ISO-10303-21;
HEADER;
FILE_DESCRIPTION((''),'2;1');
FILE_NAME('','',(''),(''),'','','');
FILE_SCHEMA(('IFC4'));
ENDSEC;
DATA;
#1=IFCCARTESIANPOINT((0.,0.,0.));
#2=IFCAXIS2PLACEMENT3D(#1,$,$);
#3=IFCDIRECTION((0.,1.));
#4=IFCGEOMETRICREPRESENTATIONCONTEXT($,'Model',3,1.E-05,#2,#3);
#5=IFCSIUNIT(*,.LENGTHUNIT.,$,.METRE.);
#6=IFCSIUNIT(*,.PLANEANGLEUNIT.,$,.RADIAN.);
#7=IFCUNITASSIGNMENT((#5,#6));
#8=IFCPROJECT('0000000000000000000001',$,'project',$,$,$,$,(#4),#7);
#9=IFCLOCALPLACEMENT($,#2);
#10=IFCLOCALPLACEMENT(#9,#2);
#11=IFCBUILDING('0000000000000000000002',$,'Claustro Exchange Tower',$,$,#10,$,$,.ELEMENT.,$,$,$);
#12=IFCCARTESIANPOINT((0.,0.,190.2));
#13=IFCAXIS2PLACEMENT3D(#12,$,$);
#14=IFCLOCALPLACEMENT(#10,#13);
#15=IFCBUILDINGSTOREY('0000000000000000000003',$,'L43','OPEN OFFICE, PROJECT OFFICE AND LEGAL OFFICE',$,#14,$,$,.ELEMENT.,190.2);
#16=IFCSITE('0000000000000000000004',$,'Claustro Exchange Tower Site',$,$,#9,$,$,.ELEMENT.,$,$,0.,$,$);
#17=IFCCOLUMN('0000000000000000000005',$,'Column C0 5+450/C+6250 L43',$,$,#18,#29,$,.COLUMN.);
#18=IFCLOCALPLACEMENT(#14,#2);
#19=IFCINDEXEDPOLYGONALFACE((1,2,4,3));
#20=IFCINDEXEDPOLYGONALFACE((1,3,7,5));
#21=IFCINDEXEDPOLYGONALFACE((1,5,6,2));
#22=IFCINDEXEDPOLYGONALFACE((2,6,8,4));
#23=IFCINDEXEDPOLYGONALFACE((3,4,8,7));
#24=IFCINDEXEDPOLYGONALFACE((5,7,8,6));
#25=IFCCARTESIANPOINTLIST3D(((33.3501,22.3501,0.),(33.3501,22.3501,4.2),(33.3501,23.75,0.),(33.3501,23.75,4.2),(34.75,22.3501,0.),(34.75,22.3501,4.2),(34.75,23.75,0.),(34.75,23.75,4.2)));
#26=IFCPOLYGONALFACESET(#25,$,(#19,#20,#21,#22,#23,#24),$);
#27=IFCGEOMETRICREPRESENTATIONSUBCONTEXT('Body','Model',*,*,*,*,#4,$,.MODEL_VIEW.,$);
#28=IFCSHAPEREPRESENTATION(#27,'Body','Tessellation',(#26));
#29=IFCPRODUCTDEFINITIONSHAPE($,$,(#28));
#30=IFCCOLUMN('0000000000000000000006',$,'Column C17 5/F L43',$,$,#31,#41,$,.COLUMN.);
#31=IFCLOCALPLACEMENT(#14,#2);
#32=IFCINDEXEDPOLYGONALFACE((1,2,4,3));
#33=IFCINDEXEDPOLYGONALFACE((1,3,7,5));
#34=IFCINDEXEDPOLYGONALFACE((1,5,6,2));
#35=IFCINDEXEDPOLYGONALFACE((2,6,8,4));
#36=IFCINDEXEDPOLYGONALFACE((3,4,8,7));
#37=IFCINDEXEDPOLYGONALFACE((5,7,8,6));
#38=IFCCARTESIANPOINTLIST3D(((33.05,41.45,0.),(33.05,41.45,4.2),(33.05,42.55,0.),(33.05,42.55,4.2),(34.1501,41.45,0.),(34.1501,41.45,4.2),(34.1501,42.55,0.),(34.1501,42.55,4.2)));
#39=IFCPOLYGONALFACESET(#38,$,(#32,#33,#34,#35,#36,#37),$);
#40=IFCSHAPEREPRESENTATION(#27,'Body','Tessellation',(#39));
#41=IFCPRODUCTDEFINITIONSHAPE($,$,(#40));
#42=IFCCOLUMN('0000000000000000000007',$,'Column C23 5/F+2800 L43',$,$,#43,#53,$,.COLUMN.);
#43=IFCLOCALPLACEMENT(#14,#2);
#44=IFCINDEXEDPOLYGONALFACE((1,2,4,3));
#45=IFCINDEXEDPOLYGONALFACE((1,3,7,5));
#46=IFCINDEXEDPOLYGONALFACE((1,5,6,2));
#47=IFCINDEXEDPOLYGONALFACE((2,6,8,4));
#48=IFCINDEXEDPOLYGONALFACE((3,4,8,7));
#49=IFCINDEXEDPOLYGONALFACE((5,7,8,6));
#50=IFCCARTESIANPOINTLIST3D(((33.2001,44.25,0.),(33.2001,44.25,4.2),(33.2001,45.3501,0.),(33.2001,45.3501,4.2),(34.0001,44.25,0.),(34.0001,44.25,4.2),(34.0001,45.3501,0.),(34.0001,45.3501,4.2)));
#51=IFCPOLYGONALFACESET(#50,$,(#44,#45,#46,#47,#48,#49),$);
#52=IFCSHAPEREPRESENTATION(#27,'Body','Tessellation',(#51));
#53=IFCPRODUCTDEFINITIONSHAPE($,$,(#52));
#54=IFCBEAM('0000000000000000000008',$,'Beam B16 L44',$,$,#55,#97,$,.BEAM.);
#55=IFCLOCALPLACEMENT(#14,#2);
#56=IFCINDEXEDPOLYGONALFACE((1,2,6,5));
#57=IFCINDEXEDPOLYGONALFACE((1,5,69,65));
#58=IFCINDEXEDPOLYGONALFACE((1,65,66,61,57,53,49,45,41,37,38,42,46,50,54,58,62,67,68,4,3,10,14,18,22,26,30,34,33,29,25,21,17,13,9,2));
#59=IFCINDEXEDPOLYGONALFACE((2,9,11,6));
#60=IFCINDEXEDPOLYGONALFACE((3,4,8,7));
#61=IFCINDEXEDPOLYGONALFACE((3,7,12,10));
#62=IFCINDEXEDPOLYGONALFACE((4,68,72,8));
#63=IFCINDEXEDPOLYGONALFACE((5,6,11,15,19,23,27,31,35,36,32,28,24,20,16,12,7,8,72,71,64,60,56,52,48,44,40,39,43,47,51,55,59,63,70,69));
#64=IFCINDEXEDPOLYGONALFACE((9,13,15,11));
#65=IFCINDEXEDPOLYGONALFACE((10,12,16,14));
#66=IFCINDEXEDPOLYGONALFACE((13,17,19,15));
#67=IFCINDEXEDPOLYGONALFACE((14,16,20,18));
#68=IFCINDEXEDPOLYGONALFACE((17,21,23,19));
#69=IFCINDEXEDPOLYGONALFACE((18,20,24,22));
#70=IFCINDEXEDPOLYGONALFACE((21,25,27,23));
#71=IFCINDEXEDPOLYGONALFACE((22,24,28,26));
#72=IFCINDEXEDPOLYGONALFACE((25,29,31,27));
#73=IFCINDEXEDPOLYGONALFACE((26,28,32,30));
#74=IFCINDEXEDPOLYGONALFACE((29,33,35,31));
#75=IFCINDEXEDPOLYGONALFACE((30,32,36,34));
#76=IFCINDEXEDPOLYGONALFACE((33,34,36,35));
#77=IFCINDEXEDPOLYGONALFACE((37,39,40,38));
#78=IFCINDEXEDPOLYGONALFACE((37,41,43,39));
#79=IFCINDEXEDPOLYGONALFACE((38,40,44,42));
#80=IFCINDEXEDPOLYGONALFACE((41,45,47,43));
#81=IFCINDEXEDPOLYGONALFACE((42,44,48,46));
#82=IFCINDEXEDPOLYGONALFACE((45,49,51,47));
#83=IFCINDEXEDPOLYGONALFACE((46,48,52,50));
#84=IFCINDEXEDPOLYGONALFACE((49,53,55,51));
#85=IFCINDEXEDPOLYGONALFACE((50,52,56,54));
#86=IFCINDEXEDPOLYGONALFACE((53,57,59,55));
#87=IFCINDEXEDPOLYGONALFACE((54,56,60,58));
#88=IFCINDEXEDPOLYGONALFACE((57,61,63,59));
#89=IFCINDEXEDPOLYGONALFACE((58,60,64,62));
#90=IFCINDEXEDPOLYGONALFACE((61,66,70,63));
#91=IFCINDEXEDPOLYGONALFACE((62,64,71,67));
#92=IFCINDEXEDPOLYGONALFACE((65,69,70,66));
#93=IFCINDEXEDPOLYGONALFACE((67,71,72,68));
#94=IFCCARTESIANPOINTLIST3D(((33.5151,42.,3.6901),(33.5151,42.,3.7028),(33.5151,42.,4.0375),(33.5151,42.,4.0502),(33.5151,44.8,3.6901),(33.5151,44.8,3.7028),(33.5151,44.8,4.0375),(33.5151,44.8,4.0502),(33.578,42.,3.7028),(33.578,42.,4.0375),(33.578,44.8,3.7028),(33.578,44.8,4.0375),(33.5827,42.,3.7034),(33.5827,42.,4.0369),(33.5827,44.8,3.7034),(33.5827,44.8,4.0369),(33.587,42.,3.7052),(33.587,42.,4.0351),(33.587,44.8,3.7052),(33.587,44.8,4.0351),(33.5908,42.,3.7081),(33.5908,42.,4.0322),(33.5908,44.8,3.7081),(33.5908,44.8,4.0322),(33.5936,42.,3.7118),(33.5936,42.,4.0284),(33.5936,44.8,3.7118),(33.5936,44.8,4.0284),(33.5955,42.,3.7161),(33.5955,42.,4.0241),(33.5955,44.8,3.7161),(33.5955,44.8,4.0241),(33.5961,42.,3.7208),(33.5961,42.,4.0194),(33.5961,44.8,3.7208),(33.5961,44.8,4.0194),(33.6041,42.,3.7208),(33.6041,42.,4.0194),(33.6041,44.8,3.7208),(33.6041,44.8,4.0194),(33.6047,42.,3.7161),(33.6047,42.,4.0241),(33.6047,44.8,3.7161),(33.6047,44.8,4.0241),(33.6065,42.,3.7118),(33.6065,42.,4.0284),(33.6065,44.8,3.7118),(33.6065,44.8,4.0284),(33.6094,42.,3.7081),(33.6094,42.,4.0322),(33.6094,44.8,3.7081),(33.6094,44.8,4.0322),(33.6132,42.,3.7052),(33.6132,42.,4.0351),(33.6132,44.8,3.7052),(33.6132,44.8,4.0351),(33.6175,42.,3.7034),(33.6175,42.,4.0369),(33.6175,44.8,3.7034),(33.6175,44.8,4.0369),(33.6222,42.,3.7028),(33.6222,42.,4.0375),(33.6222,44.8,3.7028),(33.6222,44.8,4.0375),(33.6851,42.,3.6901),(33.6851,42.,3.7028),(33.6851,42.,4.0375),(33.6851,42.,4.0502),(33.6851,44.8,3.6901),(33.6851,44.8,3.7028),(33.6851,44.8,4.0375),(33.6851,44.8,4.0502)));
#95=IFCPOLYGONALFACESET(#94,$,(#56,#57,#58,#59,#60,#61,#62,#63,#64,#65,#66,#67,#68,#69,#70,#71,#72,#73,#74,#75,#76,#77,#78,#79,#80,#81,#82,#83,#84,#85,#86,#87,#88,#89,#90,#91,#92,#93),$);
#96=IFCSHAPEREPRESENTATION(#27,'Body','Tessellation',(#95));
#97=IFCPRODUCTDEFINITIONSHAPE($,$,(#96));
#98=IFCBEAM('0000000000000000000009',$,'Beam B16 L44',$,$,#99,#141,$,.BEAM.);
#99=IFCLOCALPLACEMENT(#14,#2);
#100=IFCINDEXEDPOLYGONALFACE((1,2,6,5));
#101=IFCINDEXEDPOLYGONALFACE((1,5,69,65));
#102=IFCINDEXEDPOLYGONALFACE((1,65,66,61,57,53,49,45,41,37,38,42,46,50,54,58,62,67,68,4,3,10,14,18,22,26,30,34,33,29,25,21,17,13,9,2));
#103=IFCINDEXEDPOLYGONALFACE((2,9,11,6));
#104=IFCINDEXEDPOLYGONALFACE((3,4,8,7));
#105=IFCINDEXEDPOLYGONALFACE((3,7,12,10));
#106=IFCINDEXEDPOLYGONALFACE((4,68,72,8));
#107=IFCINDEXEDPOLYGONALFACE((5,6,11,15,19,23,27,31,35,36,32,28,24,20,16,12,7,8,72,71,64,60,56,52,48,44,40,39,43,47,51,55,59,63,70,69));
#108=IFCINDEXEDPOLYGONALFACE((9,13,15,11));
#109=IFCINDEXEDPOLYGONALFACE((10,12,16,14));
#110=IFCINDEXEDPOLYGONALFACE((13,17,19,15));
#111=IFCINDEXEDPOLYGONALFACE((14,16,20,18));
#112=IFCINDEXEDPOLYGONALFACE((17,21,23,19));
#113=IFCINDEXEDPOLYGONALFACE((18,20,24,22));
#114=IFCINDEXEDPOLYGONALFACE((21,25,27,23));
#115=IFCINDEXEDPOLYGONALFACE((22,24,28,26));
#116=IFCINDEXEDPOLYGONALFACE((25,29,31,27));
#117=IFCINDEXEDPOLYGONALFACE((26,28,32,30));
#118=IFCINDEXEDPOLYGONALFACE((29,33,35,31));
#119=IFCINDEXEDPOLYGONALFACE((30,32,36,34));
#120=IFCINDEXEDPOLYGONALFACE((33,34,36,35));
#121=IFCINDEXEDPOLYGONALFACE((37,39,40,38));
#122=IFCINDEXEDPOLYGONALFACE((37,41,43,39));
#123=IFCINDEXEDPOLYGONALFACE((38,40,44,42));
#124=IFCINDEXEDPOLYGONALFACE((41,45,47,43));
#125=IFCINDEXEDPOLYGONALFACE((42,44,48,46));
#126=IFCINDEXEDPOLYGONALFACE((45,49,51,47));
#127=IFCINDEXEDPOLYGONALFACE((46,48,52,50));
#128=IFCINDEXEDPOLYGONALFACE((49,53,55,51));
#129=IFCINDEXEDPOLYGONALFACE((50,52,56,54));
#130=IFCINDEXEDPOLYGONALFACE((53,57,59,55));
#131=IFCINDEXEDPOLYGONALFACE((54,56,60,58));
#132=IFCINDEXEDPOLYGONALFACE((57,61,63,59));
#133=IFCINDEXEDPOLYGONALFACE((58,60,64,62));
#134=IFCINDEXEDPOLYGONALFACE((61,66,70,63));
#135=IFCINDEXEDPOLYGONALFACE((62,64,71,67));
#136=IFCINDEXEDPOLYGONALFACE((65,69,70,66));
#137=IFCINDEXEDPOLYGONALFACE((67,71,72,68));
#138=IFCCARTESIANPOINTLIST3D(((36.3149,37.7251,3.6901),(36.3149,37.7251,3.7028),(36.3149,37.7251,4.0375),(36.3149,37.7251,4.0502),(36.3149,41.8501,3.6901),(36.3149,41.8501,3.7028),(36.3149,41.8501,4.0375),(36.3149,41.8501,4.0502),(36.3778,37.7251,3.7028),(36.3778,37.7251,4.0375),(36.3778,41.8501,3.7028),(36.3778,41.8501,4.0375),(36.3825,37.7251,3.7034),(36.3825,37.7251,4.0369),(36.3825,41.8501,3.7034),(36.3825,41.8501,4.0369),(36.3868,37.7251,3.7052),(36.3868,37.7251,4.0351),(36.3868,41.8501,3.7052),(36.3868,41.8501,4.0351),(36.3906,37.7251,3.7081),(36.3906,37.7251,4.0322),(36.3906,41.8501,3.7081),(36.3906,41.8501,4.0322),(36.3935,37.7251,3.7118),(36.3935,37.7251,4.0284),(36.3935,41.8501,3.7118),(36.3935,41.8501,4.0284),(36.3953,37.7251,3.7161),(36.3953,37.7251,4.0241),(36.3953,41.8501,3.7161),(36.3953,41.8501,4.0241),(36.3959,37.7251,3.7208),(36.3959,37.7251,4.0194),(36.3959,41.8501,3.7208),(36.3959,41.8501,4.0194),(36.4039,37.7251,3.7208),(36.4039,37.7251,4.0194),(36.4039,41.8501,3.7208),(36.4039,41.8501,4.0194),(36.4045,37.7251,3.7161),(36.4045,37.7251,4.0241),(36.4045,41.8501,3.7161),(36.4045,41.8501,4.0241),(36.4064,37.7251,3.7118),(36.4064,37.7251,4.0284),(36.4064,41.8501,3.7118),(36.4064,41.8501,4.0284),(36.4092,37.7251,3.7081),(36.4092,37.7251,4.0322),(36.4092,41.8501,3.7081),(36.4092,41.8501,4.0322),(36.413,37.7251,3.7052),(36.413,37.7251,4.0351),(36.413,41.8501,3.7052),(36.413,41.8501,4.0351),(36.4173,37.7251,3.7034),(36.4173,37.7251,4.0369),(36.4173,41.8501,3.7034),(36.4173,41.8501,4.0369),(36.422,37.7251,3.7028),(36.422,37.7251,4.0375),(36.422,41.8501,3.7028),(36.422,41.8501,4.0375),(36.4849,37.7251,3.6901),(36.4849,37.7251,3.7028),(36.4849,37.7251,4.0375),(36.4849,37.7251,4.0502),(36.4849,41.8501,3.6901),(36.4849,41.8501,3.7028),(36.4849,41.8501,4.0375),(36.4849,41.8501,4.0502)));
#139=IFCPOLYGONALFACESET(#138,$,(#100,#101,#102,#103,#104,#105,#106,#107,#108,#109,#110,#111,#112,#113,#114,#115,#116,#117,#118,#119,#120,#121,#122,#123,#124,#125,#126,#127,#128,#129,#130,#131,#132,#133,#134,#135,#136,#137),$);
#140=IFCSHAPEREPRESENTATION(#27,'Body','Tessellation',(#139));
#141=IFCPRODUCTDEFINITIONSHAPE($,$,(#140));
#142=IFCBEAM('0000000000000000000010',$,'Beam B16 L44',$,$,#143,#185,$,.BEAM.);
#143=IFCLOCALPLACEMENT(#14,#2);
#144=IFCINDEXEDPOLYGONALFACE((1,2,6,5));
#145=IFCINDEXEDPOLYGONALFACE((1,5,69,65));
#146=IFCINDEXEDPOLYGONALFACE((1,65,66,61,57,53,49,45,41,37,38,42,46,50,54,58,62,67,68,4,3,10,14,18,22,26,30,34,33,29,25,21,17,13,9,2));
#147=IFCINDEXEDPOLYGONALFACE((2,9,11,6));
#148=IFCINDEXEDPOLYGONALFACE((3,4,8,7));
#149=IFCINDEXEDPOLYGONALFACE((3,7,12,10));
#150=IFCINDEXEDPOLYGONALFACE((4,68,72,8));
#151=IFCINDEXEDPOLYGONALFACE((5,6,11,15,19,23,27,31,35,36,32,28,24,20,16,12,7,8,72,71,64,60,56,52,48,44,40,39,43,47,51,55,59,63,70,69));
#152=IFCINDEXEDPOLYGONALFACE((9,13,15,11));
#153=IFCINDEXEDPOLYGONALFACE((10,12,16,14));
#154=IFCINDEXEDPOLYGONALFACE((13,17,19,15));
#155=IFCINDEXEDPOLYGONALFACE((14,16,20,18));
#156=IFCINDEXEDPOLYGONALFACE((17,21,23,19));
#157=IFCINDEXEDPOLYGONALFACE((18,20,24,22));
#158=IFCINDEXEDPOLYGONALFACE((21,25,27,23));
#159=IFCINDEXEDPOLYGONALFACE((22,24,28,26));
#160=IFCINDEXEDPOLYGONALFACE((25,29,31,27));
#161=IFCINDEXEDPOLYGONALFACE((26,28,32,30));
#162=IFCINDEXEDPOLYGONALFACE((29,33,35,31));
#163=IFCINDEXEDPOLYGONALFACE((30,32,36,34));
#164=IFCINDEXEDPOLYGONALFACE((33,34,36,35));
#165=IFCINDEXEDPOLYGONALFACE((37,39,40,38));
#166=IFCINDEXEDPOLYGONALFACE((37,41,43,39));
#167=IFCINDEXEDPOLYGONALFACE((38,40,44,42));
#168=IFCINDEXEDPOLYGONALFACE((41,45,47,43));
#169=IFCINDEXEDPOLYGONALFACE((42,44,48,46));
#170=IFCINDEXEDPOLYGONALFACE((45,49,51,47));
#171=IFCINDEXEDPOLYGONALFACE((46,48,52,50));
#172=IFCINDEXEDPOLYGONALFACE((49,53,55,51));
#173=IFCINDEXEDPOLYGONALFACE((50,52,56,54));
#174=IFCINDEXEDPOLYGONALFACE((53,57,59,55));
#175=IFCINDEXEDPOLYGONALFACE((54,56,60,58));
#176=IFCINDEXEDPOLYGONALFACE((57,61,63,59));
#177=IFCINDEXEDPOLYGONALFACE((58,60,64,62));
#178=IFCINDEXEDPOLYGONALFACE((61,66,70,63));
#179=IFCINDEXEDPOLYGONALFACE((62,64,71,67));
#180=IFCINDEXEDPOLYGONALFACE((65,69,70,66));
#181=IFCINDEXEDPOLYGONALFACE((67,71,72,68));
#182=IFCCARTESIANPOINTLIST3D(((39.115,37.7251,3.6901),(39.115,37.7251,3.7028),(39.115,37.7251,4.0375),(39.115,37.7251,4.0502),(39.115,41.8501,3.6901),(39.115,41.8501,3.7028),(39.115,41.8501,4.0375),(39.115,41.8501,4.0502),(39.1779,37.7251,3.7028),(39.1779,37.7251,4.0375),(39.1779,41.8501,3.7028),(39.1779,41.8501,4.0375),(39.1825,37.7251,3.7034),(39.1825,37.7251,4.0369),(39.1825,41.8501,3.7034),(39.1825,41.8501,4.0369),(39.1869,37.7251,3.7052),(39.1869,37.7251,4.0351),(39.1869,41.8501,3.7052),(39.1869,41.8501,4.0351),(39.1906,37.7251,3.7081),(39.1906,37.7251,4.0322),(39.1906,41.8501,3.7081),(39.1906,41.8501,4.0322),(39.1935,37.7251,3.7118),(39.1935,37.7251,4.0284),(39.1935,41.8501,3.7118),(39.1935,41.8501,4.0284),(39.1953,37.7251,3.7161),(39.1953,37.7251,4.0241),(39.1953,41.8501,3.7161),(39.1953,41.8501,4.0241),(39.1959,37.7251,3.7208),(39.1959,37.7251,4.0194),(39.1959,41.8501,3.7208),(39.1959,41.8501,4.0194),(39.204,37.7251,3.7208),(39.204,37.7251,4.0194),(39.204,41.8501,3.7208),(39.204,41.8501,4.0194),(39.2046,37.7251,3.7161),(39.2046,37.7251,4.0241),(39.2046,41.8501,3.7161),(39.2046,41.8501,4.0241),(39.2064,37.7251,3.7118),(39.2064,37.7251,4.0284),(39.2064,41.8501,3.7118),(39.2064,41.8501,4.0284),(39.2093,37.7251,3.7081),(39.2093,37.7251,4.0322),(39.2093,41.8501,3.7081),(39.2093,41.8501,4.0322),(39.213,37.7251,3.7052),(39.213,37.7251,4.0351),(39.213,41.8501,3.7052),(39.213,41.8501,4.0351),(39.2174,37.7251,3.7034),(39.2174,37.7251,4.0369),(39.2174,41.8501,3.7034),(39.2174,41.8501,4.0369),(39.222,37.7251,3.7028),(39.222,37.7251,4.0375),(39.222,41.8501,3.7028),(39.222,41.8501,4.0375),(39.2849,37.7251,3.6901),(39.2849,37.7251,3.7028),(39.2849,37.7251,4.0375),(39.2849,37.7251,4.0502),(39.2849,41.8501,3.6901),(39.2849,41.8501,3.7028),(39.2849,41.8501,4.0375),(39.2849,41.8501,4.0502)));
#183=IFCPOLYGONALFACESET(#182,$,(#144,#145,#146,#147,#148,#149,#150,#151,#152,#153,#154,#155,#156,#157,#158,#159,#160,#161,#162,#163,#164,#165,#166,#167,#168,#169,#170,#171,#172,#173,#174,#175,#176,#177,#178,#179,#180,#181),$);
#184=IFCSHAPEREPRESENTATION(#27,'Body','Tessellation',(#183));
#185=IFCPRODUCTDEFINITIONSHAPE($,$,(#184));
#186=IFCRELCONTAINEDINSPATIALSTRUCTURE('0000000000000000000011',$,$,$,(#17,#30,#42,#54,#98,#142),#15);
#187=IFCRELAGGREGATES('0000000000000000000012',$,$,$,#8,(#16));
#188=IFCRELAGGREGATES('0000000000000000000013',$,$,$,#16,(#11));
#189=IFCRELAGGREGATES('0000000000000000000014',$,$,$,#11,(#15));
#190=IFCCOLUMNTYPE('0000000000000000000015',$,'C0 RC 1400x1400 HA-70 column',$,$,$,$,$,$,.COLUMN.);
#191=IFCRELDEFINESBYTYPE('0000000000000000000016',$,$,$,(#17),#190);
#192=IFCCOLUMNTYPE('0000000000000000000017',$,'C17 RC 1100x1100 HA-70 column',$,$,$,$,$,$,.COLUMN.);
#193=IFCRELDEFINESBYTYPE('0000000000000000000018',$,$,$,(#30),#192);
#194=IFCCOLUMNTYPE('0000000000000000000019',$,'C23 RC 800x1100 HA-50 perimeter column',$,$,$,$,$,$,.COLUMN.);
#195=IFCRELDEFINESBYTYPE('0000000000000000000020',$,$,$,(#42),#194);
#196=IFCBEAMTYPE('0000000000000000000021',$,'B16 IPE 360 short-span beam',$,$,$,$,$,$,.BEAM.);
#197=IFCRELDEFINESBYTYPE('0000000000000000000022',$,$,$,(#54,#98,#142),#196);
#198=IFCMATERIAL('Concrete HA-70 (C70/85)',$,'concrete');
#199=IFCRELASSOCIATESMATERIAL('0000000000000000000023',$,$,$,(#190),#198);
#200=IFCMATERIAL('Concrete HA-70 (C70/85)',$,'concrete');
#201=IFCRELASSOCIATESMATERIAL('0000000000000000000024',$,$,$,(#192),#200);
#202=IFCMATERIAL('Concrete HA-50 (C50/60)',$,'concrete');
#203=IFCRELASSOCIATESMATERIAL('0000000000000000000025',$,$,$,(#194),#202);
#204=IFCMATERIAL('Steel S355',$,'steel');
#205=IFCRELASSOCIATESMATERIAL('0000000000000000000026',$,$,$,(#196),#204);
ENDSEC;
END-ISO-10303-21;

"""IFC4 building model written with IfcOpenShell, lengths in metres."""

from ifc_helpers import new_model, si_unit, direction, frame, origin, origin_2d, place, context, subcontext, project, spatial, rectangle, i_section, extrude, material, material_profile, profile_set, type_object, element, save


model = new_model("IFC4")

# Units and contexts
model_context = context("Model", 3, precision=1e-05, world=origin(), true_north=direction((0.0, 1.0)))
body_context = subcontext(model_context, "Body", "Model", "MODEL_VIEW")
ifc_project = project(units=[si_unit("LENGTHUNIT", "METRE"), si_unit("PLANEANGLEUNIT", "RADIAN")], contexts=[model_context])

# Site, building, storey
site_placement = place(None, origin())
site = spatial("IfcSite", under=ifc_project, at=site_placement, Name="Claustro Exchange Tower Site", CompositionType="ELEMENT", RefElevation=0.0)
building_placement = place(site_placement, origin())
building = spatial("IfcBuilding", under=site, at=building_placement, Name="Claustro Exchange Tower", CompositionType="ELEMENT")
storey_placement = place(building_placement, frame((0.0, 0.0, 190.2)))
storey = spatial("IfcBuildingStorey", under=building, at=storey_placement, Name="L43", Description="OPEN OFFICE, PROJECT OFFICE AND LEGAL OFFICE", CompositionType="ELEMENT", Elevation=190.2)

# Columns
ifc_material_1 = material(Name="Concrete HA-70 (C70/85)", Category="concrete")
ifc_material_profile_1 = material_profile(ifc_material_1, rectangle(XDim=1.3999, YDim=1.3999, at=origin_2d()), Name="RC 1400x1400")
ifc_profile_set_1 = profile_set([ifc_material_profile_1], Name="Concrete HA-70 (C70/85)")
column_type_1 = type_object("IfcColumnType", Name="C0 RC 1400x1400 HA-70 column", PredefinedType="COLUMN", material=ifc_profile_set_1)
column_1_placement = place(storey_placement, frame((34.05, 23.05, 0.0), z_axis=(0.0, 0.0, 1.0), x_axis=(1.0, 0.0, 0.0)))
element("IfcColumn", 1, at=column_1_placement, inside=storey, type_object=column_type_1, Name="Column C0 5+450/C+6250 L43", PredefinedType="COLUMN", context=body_context, shape_type="SweptSolid", body=[
    extrude(rectangle(XDim=1.3999, YDim=1.3999, at=origin_2d()), origin(), (0.0, 0.0, 1.0), 4.2),
])
ifc_material_2 = material(Name="Concrete HA-70 (C70/85)", Category="concrete")
ifc_material_profile_2 = material_profile(ifc_material_2, rectangle(XDim=1.1001, YDim=1.1001, at=origin_2d()), Name="RC 1100x1100")
ifc_profile_set_2 = profile_set([ifc_material_profile_2], Name="Concrete HA-70 (C70/85)")
column_type_2 = type_object("IfcColumnType", Name="C17 RC 1100x1100 HA-70 column", PredefinedType="COLUMN", material=ifc_profile_set_2)
column_2_placement = place(storey_placement, frame((33.6001, 42.0, 0.0), z_axis=(0.0, 0.0, 1.0), x_axis=(1.0, 0.0, 0.0)))
element("IfcColumn", 2, at=column_2_placement, inside=storey, type_object=column_type_2, Name="Column C17 5/F L43", PredefinedType="COLUMN", context=body_context, shape_type="SweptSolid", body=[
    extrude(rectangle(XDim=1.1001, YDim=1.1001, at=origin_2d()), origin(), (0.0, 0.0, 1.0), 4.2),
])
ifc_material_3 = material(Name="Concrete HA-50 (C50/60)", Category="concrete")
ifc_material_profile_3 = material_profile(ifc_material_3, rectangle(XDim=0.8, YDim=1.1001, at=origin_2d()), Name="RC 800x1100")
ifc_profile_set_3 = profile_set([ifc_material_profile_3], Name="Concrete HA-50 (C50/60)")
column_type_3 = type_object("IfcColumnType", Name="C23 RC 800x1100 HA-50 perimeter column", PredefinedType="COLUMN", material=ifc_profile_set_3)
column_3_placement = place(storey_placement, frame((33.6001, 44.8, 0.0), z_axis=(0.0, 0.0, 1.0), x_axis=(1.0, 0.0, 0.0)))
element("IfcColumn", 3, at=column_3_placement, inside=storey, type_object=column_type_3, Name="Column C23 5/F+2800 L43", PredefinedType="COLUMN", context=body_context, shape_type="SweptSolid", body=[
    extrude(rectangle(XDim=0.8, YDim=1.1001, at=origin_2d()), origin(), (0.0, 0.0, 1.0), 4.2),
])

# Beams
ifc_material_4 = material(Name="Steel S355", Category="steel")
ifc_material_profile_4 = material_profile(ifc_material_4, i_section(OverallWidth=0.1699, OverallDepth=0.3601, WebThickness=0.0081, FlangeThickness=0.0127, FilletRadius=0.0181, at=origin_2d()), Name="IPE 360")
ifc_profile_set_4 = profile_set([ifc_material_profile_4], Name="Steel S355")
beam_type_1 = type_object("IfcBeamType", Name="B16 IPE 360 short-span beam", PredefinedType="BEAM", material=ifc_profile_set_4)
beam_1_placement = place(storey_placement, frame((33.6001, 42.0, 3.8701), z_axis=(0.0, 1.0, 0.0), x_axis=(-1.0, 0.0, 0.0)))
element("IfcBeam", 4, at=beam_1_placement, inside=storey, type_object=beam_type_1, Name="Beam B16 L44", PredefinedType="BEAM", context=body_context, shape_type="SweptSolid", body=[
    extrude(i_section(OverallWidth=0.1699, OverallDepth=0.3601, WebThickness=0.0081, FlangeThickness=0.0127, FilletRadius=0.0181, at=origin_2d()), origin(), (0.0, 0.0, 1.0), 2.8),
])
for number, where, z_axis, x_axis, name in (
    (5, (36.3999, 37.7251, 3.8701), (0.0, 1.0, 0.0), (-1.0, 0.0, 0.0), "Beam B16 L44"),
    (6, (39.2, 37.7251, 3.8701), (0.0, 1.0, 0.0), (-1.0, 0.0, 0.0), "Beam B16 L44"),
):
    element("IfcBeam", number, at=place(storey_placement, frame(where, z_axis=z_axis, x_axis=x_axis)), inside=storey, type_object=beam_type_1, Name=name, PredefinedType="BEAM", context=body_context, shape_type="SweptSolid", body=[
        extrude(i_section(OverallWidth=0.1699, OverallDepth=0.3601, WebThickness=0.0081, FlangeThickness=0.0127, FilletRadius=0.0181, at=origin_2d()), origin(), (0.0, 0.0, 1.0), 4.125),
    ])

save(model, "model.ifc")
